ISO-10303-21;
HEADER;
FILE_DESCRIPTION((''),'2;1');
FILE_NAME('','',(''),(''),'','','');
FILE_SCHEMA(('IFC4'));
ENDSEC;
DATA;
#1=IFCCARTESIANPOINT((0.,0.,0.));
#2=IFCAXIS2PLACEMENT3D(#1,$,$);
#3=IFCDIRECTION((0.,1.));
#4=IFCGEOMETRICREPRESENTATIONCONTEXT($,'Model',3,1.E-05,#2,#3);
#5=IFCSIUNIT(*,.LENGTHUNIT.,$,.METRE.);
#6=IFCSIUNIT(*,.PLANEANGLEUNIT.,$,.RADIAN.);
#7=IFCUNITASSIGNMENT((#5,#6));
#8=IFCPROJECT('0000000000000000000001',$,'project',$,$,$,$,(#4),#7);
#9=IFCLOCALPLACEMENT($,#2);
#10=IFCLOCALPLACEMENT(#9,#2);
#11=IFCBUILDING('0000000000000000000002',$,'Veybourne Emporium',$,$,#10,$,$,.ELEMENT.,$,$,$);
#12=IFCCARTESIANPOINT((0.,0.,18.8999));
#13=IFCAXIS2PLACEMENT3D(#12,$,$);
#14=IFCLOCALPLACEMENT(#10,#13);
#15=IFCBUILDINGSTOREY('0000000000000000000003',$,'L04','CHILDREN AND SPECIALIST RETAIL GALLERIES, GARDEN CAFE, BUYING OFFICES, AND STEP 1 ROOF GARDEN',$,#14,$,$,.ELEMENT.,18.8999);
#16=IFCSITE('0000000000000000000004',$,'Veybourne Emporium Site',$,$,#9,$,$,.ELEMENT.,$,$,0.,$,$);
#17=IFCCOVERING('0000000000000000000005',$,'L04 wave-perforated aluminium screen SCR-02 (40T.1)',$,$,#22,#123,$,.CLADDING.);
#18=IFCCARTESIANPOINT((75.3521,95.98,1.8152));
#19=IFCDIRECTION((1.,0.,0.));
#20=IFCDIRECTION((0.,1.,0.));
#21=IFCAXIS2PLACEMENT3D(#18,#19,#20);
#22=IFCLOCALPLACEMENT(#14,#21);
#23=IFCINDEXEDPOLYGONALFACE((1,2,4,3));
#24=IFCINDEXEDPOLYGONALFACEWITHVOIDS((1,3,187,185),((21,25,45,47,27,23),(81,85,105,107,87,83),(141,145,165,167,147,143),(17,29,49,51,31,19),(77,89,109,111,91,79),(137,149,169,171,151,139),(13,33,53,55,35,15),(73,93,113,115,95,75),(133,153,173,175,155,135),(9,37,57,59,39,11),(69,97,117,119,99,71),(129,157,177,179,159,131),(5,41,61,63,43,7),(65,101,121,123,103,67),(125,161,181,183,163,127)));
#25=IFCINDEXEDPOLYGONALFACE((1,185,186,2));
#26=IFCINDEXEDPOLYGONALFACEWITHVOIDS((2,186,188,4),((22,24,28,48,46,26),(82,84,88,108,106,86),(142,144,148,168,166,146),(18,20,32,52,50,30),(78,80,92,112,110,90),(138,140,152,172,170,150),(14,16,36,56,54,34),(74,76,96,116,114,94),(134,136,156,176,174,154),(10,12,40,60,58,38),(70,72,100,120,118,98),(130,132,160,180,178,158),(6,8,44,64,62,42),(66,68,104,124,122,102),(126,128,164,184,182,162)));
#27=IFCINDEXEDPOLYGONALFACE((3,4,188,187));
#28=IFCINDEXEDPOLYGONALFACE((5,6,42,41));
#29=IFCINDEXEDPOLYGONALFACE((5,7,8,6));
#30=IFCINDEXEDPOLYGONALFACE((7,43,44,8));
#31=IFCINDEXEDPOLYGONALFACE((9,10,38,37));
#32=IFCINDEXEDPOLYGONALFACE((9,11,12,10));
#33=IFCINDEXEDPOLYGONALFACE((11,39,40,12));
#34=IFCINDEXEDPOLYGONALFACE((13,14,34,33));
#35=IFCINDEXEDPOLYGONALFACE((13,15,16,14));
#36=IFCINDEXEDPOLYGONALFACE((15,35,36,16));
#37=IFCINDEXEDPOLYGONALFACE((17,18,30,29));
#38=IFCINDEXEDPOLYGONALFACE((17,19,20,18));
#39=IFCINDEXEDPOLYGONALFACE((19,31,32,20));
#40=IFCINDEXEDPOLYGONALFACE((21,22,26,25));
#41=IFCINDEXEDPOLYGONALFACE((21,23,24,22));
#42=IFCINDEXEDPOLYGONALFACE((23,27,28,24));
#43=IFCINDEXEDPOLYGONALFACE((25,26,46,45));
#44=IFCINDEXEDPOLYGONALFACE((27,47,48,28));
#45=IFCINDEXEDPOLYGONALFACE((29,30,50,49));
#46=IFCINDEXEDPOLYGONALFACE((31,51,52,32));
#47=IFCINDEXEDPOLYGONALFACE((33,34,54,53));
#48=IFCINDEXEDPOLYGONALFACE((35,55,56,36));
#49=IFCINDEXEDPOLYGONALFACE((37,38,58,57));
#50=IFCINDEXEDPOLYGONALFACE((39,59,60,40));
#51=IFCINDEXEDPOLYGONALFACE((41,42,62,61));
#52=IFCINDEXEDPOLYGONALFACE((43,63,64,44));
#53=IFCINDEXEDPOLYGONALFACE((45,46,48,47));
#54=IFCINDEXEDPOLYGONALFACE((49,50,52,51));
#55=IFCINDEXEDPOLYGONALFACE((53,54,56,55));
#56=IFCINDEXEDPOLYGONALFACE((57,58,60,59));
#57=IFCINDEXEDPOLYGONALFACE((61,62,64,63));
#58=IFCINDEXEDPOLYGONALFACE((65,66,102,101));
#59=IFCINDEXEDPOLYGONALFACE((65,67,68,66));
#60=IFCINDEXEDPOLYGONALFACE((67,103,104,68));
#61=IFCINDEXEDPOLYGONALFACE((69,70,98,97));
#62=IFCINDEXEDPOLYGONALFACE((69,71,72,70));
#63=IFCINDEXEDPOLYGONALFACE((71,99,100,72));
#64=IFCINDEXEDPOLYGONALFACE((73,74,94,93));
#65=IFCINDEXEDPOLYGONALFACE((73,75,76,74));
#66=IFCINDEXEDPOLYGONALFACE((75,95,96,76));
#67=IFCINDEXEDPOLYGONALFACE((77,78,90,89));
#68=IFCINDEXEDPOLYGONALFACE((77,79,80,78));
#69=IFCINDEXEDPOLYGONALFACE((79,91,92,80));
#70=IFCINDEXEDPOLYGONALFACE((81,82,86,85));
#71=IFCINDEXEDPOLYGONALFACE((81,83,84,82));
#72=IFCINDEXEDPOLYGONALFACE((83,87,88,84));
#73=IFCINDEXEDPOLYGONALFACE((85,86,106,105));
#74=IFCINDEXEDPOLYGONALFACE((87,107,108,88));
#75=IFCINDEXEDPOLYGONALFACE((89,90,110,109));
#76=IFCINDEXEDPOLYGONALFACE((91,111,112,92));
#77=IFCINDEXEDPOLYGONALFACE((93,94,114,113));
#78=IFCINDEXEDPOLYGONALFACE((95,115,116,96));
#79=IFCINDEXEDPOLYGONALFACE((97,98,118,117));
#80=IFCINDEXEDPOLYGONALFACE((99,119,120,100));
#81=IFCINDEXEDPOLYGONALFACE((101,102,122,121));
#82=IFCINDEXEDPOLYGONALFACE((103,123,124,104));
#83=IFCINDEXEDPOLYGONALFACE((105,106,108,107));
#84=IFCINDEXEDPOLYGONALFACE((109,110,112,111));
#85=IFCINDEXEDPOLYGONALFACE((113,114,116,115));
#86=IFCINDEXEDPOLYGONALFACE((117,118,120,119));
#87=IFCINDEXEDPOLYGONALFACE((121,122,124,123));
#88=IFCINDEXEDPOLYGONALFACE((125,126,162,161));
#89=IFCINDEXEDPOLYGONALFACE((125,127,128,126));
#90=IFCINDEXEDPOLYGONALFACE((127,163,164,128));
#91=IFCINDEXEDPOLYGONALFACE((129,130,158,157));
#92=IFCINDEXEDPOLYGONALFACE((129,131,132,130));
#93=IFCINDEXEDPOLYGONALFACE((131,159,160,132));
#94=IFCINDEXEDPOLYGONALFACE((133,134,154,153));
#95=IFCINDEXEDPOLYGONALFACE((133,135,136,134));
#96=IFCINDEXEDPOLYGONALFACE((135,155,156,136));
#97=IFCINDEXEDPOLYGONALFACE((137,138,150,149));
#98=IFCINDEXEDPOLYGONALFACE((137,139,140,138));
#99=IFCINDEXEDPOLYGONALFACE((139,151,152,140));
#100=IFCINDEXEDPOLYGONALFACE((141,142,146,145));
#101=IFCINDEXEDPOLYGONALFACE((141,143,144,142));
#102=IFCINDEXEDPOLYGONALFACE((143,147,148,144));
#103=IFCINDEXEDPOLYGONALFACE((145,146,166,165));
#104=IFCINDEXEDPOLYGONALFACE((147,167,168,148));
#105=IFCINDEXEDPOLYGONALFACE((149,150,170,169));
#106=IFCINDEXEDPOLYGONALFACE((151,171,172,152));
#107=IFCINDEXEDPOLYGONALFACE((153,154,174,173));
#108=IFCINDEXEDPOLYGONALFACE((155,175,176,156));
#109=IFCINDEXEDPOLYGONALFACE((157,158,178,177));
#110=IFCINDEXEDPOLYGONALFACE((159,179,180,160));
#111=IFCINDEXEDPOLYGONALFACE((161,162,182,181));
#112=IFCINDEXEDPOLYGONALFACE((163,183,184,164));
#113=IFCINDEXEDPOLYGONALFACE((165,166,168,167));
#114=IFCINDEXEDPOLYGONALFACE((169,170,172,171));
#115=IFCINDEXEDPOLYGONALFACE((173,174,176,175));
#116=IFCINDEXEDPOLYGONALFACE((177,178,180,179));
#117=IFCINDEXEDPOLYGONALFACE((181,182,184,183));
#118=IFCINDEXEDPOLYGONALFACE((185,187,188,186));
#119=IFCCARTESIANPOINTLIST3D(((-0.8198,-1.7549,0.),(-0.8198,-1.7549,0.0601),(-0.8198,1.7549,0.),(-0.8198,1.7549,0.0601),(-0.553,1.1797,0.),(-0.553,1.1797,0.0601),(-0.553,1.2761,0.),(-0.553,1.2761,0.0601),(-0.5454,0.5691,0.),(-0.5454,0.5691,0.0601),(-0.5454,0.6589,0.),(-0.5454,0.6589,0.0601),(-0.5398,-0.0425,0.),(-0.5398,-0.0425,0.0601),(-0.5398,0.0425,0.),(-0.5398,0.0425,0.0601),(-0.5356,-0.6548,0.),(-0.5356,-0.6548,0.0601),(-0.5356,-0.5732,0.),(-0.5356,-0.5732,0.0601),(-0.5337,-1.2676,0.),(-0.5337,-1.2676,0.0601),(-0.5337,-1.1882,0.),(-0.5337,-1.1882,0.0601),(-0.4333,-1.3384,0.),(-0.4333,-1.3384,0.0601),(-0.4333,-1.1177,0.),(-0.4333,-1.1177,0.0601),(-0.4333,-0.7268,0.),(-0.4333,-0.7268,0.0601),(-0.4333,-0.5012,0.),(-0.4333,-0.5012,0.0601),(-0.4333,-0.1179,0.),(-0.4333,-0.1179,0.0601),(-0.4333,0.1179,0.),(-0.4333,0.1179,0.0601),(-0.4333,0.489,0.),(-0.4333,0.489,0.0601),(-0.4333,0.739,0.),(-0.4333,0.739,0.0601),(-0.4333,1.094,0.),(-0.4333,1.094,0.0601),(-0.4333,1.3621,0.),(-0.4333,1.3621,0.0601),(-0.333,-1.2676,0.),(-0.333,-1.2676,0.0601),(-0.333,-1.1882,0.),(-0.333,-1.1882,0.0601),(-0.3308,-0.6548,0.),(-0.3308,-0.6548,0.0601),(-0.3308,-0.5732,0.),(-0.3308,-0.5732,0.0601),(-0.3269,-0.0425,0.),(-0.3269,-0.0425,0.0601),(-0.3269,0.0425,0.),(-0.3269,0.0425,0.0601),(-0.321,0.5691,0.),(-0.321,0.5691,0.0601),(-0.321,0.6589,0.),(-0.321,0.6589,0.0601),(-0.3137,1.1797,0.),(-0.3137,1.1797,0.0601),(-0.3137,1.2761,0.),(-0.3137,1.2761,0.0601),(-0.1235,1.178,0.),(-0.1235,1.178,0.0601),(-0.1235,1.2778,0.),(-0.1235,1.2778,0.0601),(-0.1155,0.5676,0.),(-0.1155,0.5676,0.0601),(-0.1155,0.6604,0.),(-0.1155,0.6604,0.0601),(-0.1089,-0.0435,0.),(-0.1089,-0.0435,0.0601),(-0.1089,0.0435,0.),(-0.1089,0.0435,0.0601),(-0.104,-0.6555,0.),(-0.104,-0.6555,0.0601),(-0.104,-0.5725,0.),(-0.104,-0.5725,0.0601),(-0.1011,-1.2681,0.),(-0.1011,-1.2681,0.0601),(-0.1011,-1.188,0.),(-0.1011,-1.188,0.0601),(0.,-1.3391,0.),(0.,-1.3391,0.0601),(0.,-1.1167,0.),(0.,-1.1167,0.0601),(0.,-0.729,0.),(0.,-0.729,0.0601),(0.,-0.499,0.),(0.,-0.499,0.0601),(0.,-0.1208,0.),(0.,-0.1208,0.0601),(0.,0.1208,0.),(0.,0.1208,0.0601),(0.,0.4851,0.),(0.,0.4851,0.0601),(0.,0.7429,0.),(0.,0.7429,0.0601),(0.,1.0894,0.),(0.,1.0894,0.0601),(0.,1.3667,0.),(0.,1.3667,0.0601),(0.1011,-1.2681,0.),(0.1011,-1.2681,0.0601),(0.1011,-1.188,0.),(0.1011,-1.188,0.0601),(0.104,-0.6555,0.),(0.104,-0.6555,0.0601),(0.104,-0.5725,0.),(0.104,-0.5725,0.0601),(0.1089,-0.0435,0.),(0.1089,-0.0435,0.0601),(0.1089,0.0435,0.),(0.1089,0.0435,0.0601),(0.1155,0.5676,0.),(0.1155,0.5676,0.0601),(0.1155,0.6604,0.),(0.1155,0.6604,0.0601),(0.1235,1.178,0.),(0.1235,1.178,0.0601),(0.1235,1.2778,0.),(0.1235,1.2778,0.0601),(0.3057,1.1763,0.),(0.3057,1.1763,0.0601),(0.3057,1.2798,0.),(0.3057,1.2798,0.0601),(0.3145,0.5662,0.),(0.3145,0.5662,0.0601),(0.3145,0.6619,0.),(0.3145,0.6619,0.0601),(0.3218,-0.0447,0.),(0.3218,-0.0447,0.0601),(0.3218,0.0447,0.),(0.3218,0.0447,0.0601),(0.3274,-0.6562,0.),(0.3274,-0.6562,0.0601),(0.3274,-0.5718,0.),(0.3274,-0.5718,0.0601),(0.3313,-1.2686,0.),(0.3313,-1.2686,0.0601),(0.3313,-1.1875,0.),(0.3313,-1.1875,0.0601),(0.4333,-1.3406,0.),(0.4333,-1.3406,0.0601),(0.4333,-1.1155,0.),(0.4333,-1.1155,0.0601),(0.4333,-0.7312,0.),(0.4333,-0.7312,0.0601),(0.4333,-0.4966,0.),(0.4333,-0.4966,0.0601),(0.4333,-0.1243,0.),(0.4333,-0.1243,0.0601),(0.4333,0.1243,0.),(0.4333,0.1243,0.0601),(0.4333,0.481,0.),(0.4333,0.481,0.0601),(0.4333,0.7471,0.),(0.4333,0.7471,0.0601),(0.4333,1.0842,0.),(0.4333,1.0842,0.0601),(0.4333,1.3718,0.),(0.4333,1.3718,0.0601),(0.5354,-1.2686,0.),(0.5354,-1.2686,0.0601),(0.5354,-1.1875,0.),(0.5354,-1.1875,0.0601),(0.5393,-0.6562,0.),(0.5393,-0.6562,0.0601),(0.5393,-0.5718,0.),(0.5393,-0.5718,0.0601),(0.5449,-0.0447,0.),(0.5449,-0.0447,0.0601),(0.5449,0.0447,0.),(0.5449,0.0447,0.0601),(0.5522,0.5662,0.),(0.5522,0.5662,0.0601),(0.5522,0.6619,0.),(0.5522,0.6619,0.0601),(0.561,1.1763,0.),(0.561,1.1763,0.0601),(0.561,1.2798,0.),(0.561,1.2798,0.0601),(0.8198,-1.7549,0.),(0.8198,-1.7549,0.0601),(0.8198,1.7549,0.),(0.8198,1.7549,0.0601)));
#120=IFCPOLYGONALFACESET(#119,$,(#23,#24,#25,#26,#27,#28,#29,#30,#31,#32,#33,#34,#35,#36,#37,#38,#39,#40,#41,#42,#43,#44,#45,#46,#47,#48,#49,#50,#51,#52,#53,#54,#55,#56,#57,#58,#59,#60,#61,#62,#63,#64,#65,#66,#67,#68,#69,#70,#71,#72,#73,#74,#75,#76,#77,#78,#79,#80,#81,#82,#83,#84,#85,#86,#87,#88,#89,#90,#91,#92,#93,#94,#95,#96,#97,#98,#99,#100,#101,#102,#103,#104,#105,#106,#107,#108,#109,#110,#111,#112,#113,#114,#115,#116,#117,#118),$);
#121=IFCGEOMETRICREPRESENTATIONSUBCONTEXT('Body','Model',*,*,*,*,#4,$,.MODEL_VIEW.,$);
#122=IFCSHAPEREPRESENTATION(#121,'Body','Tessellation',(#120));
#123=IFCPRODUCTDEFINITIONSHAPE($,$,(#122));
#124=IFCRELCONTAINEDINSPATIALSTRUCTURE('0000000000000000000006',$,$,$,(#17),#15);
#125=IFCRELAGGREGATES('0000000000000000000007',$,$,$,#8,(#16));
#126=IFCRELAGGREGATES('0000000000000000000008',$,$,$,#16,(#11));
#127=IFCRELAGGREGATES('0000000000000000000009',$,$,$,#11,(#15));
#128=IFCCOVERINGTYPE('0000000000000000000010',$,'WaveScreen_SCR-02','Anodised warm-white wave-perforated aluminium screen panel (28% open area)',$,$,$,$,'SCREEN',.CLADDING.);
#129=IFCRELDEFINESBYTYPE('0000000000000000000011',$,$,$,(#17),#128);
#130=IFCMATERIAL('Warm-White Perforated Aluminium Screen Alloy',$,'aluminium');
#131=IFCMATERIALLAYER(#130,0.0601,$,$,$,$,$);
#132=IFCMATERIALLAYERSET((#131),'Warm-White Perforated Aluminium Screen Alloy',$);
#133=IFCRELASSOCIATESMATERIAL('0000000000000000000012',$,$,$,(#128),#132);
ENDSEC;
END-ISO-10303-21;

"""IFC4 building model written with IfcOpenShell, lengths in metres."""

from ifc_helpers import new_model, si_unit, direction, frame, origin, place, context, subcontext, project, spatial, polyline, outline, extrude, material, layer, layer_set, type_object, element, save


model = new_model("IFC4")

# Units and contexts
model_context = context("Model", 3, precision=1e-05, world=origin(), true_north=direction((0.0, 1.0)))
body_context = subcontext(model_context, "Body", "Model", "MODEL_VIEW")
ifc_project = project(units=[si_unit("LENGTHUNIT", "METRE"), si_unit("PLANEANGLEUNIT", "RADIAN")], contexts=[model_context])

# Site, building, storey
site_placement = place(None, origin())
site = spatial("IfcSite", under=ifc_project, at=site_placement, Name="Veybourne Emporium Site", CompositionType="ELEMENT", RefElevation=0.0)
building_placement = place(site_placement, origin())
building = spatial("IfcBuilding", under=site, at=building_placement, Name="Veybourne Emporium", CompositionType="ELEMENT")
storey_placement = place(building_placement, frame((0.0, 0.0, 18.8999)))
storey = spatial("IfcBuildingStorey", under=building, at=storey_placement, Name="L04", Description="CHILDREN AND SPECIALIST RETAIL GALLERIES, GARDEN CAFE, BUYING OFFICES, AND STEP 1 ROOF GARDEN", CompositionType="ELEMENT", Elevation=18.8999)

# Covering
ifc_material_1 = material(Name="Warm-White Perforated Aluminium Screen Alloy", Category="aluminium")
ifc_layer_1 = layer(ifc_material_1, 0.0601)
ifc_layer_set_1 = layer_set([ifc_layer_1], Name="Warm-White Perforated Aluminium Screen Alloy")
covering_type_1 = type_object("IfcCoveringType", Name="WaveScreen_SCR-02", Description="Anodised warm-white wave-perforated aluminium screen panel (28% open area)", ElementType="SCREEN", PredefinedType="CLADDING", material=ifc_layer_set_1)
covering_1_placement = place(storey_placement, frame((75.3521, 95.98, 1.8152), z_axis=(1.0, 0.0, 0.0), x_axis=(0.0, 1.0, 0.0)))
element("IfcCovering", 1, at=covering_1_placement, inside=storey, type_object=covering_type_1, Name="L04 wave-perforated aluminium screen SCR-02 (40T.1)", PredefinedType="CLADDING", context=body_context, shape_type="SweptSolid", body=[
    extrude(outline(polyline([(-0.8198, -1.7549), (0.8198, -1.7549), (0.8198, 1.7549), (-0.8198, 1.7549), (-0.8198, -1.7549)]), holes=[polyline([(-0.4333, -1.1177), (-0.333, -1.1882), (-0.333, -1.2676), (-0.4333, -1.3384), (-0.5337, -1.2676), (-0.5337, -1.1882), (-0.4333, -1.1177)]), polyline([(-0.4333, -0.5012), (-0.3308, -0.5732), (-0.3308, -0.6548), (-0.4333, -0.7268), (-0.5356, -0.6548), (-0.5356, -0.5732), (-0.4333, -0.5012)]), polyline([(-0.4333, 0.1179), (-0.3269, 0.0425), (-0.3269, -0.0425), (-0.4333, -0.1179), (-0.5398, -0.0425), (-0.5398, 0.0425), (-0.4333, 0.1179)]), polyline([(-0.4333, 0.739), (-0.321, 0.6589), (-0.321, 0.5691), (-0.4333, 0.489), (-0.5454, 0.5691), (-0.5454, 0.6589), (-0.4333, 0.739)]), polyline([(-0.4333, 1.3621), (-0.3137, 1.2761), (-0.3137, 1.1797), (-0.4333, 1.094), (-0.553, 1.1797), (-0.553, 1.2761), (-0.4333, 1.3621)]), polyline([(0.0, -1.1167), (0.1011, -1.188), (0.1011, -1.2681), (0.0, -1.3391), (-0.1011, -1.2681), (-0.1011, -1.188), (0.0, -1.1167)]), polyline([(0.0, -0.499), (0.104, -0.5725), (0.104, -0.6555), (0.0, -0.729), (-0.104, -0.6555), (-0.104, -0.5725), (0.0, -0.499)]), polyline([(0.0, 0.1208), (0.1089, 0.0435), (0.1089, -0.0435), (0.0, -0.1208), (-0.1089, -0.0435), (-0.1089, 0.0435), (0.0, 0.1208)]), polyline([(0.0, 0.7429), (0.1155, 0.6604), (0.1155, 0.5676), (0.0, 0.4851), (-0.1155, 0.5676), (-0.1155, 0.6604), (0.0, 0.7429)]), polyline([(0.0, 1.3667), (0.1235, 1.2778), (0.1235, 1.178), (0.0, 1.0894), (-0.1235, 1.178), (-0.1235, 1.2778), (0.0, 1.3667)]), polyline([(0.4333, -1.1155), (0.5354, -1.1875), (0.5354, -1.2686), (0.4333, -1.3406), (0.3313, -1.2686), (0.3313, -1.1875), (0.4333, -1.1155)]), polyline([(0.4333, -0.4966), (0.5393, -0.5718), (0.5393, -0.6562), (0.4333, -0.7312), (0.3274, -0.6562), (0.3274, -0.5718), (0.4333, -0.4966)]), polyline([(0.4333, 0.1243), (0.5449, 0.0447), (0.5449, -0.0447), (0.4333, -0.1243), (0.3218, -0.0447), (0.3218, 0.0447), (0.4333, 0.1243)]), polyline([(0.4333, 0.7471), (0.5522, 0.6619), (0.5522, 0.5662), (0.4333, 0.481), (0.3145, 0.5662), (0.3145, 0.6619), (0.4333, 0.7471)]), polyline([(0.4333, 1.3718), (0.561, 1.2798), (0.561, 1.1763), (0.4333, 1.0842), (0.3057, 1.1763), (0.3057, 1.2798), (0.4333, 1.3718)])]), origin(), (0.0, 0.0, 1.0), 0.0601),
])

save(model, "model.ifc")
